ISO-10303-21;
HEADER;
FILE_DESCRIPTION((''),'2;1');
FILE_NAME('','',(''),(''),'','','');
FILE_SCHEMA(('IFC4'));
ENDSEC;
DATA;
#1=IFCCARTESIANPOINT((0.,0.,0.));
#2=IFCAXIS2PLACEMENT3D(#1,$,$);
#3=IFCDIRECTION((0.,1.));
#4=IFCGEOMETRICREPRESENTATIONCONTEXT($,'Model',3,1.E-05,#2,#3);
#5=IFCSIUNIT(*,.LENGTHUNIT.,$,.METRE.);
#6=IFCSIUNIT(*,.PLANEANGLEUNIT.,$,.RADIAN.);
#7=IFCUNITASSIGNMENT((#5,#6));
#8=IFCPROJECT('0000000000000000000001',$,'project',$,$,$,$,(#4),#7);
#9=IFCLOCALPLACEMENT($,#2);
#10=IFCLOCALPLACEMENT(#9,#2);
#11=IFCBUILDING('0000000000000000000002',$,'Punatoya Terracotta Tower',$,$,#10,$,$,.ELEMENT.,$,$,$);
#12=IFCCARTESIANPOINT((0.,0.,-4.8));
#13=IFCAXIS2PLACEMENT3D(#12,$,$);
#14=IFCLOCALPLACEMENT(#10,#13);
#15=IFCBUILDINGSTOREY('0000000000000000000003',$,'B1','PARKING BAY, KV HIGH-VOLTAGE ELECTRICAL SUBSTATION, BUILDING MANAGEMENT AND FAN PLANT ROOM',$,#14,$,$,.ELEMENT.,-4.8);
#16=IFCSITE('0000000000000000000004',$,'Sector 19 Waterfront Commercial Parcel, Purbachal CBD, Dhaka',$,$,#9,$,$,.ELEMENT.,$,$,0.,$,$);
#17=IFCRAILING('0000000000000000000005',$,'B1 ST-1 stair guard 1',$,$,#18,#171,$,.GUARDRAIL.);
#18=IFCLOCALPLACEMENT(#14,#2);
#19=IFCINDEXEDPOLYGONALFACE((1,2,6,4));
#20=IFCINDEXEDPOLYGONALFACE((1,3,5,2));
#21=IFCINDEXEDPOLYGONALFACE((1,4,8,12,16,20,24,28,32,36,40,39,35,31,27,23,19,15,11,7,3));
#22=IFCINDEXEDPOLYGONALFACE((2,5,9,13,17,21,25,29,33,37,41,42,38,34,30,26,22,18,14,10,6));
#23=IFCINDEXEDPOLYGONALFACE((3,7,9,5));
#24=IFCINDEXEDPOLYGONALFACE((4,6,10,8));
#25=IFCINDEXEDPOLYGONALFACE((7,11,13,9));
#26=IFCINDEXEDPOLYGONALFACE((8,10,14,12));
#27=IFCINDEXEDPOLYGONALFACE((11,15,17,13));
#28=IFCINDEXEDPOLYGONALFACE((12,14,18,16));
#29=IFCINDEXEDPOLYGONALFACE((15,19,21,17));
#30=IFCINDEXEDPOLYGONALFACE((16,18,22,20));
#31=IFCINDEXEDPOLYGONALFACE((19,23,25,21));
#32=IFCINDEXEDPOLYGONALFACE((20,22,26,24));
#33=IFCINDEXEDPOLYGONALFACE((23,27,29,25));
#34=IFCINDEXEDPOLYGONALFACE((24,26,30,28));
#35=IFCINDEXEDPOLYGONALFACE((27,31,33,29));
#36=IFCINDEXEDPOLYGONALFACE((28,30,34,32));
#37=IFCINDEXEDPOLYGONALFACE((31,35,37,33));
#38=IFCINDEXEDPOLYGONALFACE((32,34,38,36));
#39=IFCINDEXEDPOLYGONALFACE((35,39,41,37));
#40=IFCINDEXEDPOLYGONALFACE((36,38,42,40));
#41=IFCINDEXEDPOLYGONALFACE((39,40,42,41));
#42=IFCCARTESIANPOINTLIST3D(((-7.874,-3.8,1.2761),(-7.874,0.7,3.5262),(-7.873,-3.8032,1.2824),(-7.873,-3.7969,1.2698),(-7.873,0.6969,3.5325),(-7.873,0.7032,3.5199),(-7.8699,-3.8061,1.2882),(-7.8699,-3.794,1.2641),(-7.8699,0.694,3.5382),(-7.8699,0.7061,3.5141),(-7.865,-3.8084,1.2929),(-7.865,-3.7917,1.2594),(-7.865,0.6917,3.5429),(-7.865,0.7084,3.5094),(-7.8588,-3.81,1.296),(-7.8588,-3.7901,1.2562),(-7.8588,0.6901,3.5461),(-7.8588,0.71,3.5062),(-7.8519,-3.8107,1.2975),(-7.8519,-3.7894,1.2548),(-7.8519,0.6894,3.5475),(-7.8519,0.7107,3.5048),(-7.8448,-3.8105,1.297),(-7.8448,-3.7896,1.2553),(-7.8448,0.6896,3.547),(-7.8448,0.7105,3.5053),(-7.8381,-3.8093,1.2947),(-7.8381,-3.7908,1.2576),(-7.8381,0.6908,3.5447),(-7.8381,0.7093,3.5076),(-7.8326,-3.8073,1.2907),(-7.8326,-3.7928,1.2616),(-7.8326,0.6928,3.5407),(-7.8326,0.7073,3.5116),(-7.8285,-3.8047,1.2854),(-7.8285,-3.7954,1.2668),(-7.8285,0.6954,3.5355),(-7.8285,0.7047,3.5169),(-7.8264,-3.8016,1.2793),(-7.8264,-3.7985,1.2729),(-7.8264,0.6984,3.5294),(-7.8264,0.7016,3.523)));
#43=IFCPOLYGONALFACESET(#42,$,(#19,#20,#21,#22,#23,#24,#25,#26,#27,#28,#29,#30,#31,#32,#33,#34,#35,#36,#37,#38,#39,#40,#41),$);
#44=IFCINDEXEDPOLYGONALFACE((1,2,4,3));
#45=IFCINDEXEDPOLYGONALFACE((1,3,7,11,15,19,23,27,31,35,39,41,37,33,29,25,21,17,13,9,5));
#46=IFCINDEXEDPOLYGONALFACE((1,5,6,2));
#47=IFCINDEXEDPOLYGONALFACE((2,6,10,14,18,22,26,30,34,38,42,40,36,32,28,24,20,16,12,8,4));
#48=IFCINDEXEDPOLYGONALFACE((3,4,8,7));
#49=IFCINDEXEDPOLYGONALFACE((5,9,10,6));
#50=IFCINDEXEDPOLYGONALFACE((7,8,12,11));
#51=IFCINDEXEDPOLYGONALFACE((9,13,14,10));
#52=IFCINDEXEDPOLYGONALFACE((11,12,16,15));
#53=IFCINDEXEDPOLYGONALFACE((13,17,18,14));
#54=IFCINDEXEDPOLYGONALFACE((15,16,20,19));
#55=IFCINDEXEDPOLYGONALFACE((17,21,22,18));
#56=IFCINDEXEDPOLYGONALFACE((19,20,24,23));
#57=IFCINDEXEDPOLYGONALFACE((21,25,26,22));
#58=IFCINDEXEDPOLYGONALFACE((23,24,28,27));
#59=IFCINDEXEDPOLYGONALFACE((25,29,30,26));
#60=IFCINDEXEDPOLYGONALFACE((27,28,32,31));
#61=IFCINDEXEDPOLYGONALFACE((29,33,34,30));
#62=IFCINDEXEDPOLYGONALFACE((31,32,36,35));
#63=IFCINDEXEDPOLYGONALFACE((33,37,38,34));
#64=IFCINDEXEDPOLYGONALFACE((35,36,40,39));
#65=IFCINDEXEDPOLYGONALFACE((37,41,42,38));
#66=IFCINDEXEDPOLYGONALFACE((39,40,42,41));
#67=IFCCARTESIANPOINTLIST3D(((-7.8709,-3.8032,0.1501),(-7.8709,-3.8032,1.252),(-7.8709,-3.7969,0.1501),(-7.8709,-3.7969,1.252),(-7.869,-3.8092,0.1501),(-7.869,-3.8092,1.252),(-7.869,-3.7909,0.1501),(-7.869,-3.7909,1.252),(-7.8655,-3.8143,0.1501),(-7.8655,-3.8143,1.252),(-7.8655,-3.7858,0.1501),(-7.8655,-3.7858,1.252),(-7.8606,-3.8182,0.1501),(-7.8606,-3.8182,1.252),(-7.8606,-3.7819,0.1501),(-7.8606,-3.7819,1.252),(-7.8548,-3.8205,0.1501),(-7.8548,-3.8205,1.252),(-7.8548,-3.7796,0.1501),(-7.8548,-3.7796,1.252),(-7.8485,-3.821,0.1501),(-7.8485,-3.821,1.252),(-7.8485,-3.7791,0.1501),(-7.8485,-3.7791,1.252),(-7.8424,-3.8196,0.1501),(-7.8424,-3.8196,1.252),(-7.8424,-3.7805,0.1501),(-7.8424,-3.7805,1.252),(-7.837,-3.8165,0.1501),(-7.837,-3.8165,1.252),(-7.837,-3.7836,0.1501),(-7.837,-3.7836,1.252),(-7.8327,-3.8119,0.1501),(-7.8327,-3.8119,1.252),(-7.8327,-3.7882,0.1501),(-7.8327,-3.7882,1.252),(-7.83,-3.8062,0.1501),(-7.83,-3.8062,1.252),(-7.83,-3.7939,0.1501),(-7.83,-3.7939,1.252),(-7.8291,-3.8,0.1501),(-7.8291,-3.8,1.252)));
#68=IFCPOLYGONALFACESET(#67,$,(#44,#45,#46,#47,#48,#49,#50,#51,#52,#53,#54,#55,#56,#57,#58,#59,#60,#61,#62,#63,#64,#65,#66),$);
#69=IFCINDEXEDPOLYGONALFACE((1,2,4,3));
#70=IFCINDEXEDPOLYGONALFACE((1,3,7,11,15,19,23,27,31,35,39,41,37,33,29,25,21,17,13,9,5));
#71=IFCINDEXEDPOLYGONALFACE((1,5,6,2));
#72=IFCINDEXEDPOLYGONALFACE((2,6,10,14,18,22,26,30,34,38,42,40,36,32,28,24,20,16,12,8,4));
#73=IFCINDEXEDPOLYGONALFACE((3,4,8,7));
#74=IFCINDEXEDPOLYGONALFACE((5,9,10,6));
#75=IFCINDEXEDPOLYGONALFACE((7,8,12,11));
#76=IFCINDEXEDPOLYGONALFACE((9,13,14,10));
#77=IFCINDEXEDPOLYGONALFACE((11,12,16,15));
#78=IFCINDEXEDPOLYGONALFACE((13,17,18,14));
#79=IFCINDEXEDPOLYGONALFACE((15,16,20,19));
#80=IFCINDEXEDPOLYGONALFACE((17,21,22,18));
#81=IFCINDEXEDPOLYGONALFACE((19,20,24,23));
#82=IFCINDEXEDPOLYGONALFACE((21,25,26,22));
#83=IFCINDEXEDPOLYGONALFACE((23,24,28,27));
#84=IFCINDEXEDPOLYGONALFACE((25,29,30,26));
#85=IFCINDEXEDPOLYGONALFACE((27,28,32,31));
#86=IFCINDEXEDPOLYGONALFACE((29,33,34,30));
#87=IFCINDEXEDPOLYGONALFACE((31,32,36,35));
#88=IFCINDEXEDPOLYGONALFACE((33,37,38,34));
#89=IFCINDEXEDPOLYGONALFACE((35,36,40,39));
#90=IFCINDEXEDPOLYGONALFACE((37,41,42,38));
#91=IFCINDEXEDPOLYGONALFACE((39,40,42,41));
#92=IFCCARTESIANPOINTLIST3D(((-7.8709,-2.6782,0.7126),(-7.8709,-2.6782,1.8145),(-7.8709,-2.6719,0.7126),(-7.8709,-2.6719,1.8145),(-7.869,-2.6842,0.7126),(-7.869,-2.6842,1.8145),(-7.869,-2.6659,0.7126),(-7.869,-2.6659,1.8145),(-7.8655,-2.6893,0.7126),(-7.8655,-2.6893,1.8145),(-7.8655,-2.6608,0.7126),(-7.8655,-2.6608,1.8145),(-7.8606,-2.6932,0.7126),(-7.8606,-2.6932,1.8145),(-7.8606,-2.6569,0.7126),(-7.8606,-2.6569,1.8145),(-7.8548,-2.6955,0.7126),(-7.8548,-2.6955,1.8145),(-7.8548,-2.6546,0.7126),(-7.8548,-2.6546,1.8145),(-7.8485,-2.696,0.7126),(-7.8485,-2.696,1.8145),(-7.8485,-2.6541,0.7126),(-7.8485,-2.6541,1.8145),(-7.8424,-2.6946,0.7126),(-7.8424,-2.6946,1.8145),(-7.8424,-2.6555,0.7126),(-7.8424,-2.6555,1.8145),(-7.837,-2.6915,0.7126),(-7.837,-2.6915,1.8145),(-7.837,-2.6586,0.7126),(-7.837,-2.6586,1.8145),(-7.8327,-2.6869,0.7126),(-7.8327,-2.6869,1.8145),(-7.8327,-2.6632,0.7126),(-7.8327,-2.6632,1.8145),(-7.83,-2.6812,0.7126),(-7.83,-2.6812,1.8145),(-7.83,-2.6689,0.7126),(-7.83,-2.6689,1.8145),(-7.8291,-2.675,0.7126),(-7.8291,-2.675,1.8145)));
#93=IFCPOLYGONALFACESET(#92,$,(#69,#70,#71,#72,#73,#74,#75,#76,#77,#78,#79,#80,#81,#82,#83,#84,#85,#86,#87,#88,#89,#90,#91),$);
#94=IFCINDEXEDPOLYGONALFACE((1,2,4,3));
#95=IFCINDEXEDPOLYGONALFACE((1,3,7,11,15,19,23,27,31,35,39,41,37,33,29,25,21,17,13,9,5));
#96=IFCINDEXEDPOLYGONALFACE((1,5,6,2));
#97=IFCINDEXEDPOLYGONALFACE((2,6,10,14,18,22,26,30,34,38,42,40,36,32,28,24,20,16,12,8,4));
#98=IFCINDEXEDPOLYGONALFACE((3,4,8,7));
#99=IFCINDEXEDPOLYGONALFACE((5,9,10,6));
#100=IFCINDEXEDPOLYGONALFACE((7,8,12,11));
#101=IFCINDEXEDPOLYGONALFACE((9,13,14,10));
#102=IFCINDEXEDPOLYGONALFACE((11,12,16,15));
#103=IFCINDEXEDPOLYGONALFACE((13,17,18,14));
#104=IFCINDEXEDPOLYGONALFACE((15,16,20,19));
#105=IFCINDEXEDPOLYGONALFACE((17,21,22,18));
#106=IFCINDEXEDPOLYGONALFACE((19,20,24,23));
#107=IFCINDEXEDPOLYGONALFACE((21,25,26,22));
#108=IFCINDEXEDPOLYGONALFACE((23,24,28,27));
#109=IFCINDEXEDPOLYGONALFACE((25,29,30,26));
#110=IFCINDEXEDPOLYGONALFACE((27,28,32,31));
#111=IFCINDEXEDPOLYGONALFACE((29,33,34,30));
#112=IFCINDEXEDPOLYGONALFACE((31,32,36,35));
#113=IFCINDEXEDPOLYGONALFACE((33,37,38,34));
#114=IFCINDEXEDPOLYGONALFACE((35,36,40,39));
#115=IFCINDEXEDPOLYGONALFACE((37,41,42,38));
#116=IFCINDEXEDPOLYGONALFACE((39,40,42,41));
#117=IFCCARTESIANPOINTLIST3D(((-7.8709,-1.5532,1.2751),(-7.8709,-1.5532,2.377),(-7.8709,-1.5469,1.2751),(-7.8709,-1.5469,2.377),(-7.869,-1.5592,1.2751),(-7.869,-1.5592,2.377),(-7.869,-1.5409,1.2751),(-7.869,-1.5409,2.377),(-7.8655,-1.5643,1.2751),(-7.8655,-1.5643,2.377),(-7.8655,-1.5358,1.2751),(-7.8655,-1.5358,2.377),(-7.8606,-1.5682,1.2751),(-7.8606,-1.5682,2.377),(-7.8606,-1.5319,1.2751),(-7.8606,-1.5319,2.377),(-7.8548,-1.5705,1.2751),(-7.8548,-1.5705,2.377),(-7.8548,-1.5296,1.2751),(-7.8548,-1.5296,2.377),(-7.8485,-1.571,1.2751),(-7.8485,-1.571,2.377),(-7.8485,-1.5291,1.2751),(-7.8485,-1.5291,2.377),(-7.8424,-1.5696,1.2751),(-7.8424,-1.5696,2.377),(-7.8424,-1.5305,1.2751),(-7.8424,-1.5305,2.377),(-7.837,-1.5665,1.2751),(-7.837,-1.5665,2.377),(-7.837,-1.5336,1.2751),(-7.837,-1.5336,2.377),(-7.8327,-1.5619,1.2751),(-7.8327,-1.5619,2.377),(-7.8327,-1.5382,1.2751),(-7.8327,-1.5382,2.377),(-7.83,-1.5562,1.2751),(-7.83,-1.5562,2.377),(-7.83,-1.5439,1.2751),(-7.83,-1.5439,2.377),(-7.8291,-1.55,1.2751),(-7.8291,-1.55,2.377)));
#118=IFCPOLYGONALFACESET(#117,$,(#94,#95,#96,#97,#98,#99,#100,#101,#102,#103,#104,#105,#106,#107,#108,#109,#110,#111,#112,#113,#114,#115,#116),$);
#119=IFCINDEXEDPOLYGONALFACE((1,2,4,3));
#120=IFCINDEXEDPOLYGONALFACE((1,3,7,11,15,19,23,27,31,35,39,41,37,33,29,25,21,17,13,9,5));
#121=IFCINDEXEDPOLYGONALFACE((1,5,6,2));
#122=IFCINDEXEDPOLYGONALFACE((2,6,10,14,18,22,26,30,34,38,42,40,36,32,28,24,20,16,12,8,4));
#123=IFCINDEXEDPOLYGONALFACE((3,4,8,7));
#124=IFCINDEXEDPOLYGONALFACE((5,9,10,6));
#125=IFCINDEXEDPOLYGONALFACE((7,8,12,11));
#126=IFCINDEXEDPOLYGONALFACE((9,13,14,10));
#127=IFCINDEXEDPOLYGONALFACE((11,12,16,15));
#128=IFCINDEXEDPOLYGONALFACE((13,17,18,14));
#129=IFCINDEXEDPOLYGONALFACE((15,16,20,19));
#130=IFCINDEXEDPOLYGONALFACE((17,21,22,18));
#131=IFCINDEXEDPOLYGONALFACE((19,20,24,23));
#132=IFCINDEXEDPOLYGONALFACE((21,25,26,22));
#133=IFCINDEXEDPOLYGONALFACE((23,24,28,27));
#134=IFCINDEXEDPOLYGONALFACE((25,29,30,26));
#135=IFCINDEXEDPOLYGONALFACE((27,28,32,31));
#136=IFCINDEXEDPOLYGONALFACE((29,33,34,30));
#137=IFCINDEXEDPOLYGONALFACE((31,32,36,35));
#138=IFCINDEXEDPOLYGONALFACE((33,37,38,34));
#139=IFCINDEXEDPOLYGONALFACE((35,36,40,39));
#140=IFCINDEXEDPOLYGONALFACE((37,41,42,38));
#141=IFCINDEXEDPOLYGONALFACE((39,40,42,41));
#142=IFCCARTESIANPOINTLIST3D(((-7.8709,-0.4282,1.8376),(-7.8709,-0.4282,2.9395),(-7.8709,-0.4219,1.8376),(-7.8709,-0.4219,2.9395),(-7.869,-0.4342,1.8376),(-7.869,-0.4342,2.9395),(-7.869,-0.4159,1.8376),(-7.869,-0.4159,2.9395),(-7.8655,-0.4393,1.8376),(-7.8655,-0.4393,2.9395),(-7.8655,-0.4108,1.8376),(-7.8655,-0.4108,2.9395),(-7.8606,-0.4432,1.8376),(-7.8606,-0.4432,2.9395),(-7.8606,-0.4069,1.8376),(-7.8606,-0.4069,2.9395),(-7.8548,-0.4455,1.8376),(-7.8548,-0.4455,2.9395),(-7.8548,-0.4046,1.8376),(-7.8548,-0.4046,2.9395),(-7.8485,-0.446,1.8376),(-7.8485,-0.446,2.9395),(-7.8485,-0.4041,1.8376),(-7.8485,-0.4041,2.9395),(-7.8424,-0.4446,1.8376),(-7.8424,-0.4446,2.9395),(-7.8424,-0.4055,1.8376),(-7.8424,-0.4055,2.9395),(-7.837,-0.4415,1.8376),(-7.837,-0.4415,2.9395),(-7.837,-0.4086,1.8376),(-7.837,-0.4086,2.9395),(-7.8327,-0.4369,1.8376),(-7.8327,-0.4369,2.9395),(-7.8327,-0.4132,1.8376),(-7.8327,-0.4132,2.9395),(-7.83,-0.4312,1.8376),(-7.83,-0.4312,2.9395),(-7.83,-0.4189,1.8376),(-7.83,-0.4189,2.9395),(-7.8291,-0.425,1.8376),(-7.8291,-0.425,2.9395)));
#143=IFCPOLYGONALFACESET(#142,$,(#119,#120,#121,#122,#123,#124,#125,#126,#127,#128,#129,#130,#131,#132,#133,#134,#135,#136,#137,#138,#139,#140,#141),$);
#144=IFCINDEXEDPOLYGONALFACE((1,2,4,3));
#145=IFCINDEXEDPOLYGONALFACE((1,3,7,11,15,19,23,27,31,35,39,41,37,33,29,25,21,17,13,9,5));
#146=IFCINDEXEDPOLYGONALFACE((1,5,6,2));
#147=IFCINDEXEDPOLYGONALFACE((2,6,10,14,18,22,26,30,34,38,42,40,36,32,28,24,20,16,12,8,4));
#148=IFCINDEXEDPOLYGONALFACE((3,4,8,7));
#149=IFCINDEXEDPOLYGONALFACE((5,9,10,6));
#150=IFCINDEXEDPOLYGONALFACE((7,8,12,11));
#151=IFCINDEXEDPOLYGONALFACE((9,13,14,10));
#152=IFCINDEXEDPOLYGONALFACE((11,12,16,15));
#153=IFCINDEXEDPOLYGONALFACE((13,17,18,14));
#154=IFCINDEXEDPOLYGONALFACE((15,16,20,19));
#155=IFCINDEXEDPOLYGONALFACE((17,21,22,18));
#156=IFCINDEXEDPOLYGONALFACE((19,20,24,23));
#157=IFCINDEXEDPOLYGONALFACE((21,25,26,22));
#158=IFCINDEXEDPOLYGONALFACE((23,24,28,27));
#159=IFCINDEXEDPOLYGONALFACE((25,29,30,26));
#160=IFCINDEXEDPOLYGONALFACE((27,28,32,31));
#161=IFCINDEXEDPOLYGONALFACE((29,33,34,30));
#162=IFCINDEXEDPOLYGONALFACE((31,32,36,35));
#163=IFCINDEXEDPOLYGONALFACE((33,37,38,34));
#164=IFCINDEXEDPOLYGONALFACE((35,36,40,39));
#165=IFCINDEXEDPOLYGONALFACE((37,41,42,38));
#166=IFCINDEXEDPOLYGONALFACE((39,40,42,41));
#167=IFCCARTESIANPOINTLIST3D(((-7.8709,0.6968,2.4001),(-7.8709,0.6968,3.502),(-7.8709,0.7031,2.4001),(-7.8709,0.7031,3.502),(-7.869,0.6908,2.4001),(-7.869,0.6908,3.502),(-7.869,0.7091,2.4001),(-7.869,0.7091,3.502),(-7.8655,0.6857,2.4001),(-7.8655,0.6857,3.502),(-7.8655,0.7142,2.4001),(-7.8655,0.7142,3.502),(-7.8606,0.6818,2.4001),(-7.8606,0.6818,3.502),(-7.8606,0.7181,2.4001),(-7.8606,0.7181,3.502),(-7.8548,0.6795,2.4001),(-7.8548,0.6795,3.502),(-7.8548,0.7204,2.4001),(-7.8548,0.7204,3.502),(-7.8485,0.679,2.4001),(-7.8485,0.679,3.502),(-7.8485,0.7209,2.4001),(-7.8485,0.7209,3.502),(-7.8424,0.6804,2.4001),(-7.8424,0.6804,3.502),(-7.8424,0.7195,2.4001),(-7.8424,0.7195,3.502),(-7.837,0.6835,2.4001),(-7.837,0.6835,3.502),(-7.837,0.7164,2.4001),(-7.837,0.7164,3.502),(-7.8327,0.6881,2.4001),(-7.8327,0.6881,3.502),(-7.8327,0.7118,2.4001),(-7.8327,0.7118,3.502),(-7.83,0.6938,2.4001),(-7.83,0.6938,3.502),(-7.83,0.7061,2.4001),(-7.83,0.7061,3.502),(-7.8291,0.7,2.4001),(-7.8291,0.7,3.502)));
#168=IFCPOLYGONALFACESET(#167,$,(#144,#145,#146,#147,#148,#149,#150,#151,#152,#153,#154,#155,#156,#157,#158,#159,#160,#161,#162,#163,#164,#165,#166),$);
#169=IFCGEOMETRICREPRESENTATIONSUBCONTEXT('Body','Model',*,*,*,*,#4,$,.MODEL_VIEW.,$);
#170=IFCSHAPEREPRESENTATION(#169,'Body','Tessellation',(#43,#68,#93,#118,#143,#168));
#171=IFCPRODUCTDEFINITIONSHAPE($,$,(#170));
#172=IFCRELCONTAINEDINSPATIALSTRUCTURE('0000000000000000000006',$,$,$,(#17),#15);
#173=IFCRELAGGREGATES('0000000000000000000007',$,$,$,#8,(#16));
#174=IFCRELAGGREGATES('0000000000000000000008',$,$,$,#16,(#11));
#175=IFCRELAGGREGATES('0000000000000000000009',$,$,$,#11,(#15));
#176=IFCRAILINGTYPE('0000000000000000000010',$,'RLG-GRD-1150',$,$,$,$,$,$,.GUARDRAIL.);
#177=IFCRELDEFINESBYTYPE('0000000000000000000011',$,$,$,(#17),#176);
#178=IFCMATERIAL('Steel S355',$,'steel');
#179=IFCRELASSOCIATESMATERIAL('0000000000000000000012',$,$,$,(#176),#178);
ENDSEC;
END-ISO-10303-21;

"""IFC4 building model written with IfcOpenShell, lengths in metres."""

from ifc_helpers import new_model, si_unit, direction, frame, origin, origin_2d, place, context, subcontext, project, spatial, circle, extrude, material, type_object, element, save


model = new_model("IFC4")

# Units and contexts
model_context = context("Model", 3, precision=1e-05, world=origin(), true_north=direction((0.0, 1.0)))
body_context = subcontext(model_context, "Body", "Model", "MODEL_VIEW")
ifc_project = project(units=[si_unit("LENGTHUNIT", "METRE"), si_unit("PLANEANGLEUNIT", "RADIAN")], contexts=[model_context])

# Site, building, storey
site_placement = place(None, origin())
site = spatial("IfcSite", under=ifc_project, at=site_placement, Name="Sector 19 Waterfront Commercial Parcel, Purbachal CBD, Dhaka", CompositionType="ELEMENT", RefElevation=0.0)
building_placement = place(site_placement, origin())
building = spatial("IfcBuilding", under=site, at=building_placement, Name="Punatoya Terracotta Tower", CompositionType="ELEMENT")
storey_placement = place(building_placement, frame((0.0, 0.0, -4.8)))
storey = spatial("IfcBuildingStorey", under=building, at=storey_placement, Name="B1", Description="PARKING BAY, KV HIGH-VOLTAGE ELECTRICAL SUBSTATION, BUILDING MANAGEMENT AND FAN PLANT ROOM", CompositionType="ELEMENT", Elevation=-4.8)

# Shared definitions
ifc_material_1 = material(Name="Steel S355", Category="steel")

# Railing
railing_type_1 = type_object("IfcRailingType", Name="RLG-GRD-1150", PredefinedType="GUARDRAIL", material=ifc_material_1)
railing_1_placement = place(storey_placement, frame((-7.8501, -3.8, 0.1501)))
element("IfcRailing", 1, at=railing_1_placement, inside=storey, type_object=railing_type_1, Name="B1 ST-1 stair guard 1", PredefinedType="GUARDRAIL", context=body_context, shape_type="SweptSolid", body=[
    extrude(circle(Radius=0.0239, at=origin_2d()), frame((0.0, 0.0, 1.126), z_axis=(0.0, 0.894427, 0.447214), x_axis=(-1.0, 0.0, 0.0)), (0.0, 0.0, 1.0), 5.0312),
    extrude(circle(Radius=0.021, at=origin_2d()), origin(), (0.0, 0.0, 1.0), 1.1018),
    extrude(circle(Radius=0.021, at=origin_2d()), frame((0.0, 1.125, 0.5625)), (0.0, 0.0, 1.0), 1.1018),
    extrude(circle(Radius=0.021, at=origin_2d()), frame((0.0, 2.25, 1.125)), (0.0, 0.0, 1.0), 1.1018),
    extrude(circle(Radius=0.021, at=origin_2d()), frame((0.0, 3.375, 1.6875)), (0.0, 0.0, 1.0), 1.1018),
    extrude(circle(Radius=0.021, at=origin_2d()), frame((0.0, 4.5, 2.25)), (0.0, 0.0, 1.0), 1.1018),
])

save(model, "model.ifc")
